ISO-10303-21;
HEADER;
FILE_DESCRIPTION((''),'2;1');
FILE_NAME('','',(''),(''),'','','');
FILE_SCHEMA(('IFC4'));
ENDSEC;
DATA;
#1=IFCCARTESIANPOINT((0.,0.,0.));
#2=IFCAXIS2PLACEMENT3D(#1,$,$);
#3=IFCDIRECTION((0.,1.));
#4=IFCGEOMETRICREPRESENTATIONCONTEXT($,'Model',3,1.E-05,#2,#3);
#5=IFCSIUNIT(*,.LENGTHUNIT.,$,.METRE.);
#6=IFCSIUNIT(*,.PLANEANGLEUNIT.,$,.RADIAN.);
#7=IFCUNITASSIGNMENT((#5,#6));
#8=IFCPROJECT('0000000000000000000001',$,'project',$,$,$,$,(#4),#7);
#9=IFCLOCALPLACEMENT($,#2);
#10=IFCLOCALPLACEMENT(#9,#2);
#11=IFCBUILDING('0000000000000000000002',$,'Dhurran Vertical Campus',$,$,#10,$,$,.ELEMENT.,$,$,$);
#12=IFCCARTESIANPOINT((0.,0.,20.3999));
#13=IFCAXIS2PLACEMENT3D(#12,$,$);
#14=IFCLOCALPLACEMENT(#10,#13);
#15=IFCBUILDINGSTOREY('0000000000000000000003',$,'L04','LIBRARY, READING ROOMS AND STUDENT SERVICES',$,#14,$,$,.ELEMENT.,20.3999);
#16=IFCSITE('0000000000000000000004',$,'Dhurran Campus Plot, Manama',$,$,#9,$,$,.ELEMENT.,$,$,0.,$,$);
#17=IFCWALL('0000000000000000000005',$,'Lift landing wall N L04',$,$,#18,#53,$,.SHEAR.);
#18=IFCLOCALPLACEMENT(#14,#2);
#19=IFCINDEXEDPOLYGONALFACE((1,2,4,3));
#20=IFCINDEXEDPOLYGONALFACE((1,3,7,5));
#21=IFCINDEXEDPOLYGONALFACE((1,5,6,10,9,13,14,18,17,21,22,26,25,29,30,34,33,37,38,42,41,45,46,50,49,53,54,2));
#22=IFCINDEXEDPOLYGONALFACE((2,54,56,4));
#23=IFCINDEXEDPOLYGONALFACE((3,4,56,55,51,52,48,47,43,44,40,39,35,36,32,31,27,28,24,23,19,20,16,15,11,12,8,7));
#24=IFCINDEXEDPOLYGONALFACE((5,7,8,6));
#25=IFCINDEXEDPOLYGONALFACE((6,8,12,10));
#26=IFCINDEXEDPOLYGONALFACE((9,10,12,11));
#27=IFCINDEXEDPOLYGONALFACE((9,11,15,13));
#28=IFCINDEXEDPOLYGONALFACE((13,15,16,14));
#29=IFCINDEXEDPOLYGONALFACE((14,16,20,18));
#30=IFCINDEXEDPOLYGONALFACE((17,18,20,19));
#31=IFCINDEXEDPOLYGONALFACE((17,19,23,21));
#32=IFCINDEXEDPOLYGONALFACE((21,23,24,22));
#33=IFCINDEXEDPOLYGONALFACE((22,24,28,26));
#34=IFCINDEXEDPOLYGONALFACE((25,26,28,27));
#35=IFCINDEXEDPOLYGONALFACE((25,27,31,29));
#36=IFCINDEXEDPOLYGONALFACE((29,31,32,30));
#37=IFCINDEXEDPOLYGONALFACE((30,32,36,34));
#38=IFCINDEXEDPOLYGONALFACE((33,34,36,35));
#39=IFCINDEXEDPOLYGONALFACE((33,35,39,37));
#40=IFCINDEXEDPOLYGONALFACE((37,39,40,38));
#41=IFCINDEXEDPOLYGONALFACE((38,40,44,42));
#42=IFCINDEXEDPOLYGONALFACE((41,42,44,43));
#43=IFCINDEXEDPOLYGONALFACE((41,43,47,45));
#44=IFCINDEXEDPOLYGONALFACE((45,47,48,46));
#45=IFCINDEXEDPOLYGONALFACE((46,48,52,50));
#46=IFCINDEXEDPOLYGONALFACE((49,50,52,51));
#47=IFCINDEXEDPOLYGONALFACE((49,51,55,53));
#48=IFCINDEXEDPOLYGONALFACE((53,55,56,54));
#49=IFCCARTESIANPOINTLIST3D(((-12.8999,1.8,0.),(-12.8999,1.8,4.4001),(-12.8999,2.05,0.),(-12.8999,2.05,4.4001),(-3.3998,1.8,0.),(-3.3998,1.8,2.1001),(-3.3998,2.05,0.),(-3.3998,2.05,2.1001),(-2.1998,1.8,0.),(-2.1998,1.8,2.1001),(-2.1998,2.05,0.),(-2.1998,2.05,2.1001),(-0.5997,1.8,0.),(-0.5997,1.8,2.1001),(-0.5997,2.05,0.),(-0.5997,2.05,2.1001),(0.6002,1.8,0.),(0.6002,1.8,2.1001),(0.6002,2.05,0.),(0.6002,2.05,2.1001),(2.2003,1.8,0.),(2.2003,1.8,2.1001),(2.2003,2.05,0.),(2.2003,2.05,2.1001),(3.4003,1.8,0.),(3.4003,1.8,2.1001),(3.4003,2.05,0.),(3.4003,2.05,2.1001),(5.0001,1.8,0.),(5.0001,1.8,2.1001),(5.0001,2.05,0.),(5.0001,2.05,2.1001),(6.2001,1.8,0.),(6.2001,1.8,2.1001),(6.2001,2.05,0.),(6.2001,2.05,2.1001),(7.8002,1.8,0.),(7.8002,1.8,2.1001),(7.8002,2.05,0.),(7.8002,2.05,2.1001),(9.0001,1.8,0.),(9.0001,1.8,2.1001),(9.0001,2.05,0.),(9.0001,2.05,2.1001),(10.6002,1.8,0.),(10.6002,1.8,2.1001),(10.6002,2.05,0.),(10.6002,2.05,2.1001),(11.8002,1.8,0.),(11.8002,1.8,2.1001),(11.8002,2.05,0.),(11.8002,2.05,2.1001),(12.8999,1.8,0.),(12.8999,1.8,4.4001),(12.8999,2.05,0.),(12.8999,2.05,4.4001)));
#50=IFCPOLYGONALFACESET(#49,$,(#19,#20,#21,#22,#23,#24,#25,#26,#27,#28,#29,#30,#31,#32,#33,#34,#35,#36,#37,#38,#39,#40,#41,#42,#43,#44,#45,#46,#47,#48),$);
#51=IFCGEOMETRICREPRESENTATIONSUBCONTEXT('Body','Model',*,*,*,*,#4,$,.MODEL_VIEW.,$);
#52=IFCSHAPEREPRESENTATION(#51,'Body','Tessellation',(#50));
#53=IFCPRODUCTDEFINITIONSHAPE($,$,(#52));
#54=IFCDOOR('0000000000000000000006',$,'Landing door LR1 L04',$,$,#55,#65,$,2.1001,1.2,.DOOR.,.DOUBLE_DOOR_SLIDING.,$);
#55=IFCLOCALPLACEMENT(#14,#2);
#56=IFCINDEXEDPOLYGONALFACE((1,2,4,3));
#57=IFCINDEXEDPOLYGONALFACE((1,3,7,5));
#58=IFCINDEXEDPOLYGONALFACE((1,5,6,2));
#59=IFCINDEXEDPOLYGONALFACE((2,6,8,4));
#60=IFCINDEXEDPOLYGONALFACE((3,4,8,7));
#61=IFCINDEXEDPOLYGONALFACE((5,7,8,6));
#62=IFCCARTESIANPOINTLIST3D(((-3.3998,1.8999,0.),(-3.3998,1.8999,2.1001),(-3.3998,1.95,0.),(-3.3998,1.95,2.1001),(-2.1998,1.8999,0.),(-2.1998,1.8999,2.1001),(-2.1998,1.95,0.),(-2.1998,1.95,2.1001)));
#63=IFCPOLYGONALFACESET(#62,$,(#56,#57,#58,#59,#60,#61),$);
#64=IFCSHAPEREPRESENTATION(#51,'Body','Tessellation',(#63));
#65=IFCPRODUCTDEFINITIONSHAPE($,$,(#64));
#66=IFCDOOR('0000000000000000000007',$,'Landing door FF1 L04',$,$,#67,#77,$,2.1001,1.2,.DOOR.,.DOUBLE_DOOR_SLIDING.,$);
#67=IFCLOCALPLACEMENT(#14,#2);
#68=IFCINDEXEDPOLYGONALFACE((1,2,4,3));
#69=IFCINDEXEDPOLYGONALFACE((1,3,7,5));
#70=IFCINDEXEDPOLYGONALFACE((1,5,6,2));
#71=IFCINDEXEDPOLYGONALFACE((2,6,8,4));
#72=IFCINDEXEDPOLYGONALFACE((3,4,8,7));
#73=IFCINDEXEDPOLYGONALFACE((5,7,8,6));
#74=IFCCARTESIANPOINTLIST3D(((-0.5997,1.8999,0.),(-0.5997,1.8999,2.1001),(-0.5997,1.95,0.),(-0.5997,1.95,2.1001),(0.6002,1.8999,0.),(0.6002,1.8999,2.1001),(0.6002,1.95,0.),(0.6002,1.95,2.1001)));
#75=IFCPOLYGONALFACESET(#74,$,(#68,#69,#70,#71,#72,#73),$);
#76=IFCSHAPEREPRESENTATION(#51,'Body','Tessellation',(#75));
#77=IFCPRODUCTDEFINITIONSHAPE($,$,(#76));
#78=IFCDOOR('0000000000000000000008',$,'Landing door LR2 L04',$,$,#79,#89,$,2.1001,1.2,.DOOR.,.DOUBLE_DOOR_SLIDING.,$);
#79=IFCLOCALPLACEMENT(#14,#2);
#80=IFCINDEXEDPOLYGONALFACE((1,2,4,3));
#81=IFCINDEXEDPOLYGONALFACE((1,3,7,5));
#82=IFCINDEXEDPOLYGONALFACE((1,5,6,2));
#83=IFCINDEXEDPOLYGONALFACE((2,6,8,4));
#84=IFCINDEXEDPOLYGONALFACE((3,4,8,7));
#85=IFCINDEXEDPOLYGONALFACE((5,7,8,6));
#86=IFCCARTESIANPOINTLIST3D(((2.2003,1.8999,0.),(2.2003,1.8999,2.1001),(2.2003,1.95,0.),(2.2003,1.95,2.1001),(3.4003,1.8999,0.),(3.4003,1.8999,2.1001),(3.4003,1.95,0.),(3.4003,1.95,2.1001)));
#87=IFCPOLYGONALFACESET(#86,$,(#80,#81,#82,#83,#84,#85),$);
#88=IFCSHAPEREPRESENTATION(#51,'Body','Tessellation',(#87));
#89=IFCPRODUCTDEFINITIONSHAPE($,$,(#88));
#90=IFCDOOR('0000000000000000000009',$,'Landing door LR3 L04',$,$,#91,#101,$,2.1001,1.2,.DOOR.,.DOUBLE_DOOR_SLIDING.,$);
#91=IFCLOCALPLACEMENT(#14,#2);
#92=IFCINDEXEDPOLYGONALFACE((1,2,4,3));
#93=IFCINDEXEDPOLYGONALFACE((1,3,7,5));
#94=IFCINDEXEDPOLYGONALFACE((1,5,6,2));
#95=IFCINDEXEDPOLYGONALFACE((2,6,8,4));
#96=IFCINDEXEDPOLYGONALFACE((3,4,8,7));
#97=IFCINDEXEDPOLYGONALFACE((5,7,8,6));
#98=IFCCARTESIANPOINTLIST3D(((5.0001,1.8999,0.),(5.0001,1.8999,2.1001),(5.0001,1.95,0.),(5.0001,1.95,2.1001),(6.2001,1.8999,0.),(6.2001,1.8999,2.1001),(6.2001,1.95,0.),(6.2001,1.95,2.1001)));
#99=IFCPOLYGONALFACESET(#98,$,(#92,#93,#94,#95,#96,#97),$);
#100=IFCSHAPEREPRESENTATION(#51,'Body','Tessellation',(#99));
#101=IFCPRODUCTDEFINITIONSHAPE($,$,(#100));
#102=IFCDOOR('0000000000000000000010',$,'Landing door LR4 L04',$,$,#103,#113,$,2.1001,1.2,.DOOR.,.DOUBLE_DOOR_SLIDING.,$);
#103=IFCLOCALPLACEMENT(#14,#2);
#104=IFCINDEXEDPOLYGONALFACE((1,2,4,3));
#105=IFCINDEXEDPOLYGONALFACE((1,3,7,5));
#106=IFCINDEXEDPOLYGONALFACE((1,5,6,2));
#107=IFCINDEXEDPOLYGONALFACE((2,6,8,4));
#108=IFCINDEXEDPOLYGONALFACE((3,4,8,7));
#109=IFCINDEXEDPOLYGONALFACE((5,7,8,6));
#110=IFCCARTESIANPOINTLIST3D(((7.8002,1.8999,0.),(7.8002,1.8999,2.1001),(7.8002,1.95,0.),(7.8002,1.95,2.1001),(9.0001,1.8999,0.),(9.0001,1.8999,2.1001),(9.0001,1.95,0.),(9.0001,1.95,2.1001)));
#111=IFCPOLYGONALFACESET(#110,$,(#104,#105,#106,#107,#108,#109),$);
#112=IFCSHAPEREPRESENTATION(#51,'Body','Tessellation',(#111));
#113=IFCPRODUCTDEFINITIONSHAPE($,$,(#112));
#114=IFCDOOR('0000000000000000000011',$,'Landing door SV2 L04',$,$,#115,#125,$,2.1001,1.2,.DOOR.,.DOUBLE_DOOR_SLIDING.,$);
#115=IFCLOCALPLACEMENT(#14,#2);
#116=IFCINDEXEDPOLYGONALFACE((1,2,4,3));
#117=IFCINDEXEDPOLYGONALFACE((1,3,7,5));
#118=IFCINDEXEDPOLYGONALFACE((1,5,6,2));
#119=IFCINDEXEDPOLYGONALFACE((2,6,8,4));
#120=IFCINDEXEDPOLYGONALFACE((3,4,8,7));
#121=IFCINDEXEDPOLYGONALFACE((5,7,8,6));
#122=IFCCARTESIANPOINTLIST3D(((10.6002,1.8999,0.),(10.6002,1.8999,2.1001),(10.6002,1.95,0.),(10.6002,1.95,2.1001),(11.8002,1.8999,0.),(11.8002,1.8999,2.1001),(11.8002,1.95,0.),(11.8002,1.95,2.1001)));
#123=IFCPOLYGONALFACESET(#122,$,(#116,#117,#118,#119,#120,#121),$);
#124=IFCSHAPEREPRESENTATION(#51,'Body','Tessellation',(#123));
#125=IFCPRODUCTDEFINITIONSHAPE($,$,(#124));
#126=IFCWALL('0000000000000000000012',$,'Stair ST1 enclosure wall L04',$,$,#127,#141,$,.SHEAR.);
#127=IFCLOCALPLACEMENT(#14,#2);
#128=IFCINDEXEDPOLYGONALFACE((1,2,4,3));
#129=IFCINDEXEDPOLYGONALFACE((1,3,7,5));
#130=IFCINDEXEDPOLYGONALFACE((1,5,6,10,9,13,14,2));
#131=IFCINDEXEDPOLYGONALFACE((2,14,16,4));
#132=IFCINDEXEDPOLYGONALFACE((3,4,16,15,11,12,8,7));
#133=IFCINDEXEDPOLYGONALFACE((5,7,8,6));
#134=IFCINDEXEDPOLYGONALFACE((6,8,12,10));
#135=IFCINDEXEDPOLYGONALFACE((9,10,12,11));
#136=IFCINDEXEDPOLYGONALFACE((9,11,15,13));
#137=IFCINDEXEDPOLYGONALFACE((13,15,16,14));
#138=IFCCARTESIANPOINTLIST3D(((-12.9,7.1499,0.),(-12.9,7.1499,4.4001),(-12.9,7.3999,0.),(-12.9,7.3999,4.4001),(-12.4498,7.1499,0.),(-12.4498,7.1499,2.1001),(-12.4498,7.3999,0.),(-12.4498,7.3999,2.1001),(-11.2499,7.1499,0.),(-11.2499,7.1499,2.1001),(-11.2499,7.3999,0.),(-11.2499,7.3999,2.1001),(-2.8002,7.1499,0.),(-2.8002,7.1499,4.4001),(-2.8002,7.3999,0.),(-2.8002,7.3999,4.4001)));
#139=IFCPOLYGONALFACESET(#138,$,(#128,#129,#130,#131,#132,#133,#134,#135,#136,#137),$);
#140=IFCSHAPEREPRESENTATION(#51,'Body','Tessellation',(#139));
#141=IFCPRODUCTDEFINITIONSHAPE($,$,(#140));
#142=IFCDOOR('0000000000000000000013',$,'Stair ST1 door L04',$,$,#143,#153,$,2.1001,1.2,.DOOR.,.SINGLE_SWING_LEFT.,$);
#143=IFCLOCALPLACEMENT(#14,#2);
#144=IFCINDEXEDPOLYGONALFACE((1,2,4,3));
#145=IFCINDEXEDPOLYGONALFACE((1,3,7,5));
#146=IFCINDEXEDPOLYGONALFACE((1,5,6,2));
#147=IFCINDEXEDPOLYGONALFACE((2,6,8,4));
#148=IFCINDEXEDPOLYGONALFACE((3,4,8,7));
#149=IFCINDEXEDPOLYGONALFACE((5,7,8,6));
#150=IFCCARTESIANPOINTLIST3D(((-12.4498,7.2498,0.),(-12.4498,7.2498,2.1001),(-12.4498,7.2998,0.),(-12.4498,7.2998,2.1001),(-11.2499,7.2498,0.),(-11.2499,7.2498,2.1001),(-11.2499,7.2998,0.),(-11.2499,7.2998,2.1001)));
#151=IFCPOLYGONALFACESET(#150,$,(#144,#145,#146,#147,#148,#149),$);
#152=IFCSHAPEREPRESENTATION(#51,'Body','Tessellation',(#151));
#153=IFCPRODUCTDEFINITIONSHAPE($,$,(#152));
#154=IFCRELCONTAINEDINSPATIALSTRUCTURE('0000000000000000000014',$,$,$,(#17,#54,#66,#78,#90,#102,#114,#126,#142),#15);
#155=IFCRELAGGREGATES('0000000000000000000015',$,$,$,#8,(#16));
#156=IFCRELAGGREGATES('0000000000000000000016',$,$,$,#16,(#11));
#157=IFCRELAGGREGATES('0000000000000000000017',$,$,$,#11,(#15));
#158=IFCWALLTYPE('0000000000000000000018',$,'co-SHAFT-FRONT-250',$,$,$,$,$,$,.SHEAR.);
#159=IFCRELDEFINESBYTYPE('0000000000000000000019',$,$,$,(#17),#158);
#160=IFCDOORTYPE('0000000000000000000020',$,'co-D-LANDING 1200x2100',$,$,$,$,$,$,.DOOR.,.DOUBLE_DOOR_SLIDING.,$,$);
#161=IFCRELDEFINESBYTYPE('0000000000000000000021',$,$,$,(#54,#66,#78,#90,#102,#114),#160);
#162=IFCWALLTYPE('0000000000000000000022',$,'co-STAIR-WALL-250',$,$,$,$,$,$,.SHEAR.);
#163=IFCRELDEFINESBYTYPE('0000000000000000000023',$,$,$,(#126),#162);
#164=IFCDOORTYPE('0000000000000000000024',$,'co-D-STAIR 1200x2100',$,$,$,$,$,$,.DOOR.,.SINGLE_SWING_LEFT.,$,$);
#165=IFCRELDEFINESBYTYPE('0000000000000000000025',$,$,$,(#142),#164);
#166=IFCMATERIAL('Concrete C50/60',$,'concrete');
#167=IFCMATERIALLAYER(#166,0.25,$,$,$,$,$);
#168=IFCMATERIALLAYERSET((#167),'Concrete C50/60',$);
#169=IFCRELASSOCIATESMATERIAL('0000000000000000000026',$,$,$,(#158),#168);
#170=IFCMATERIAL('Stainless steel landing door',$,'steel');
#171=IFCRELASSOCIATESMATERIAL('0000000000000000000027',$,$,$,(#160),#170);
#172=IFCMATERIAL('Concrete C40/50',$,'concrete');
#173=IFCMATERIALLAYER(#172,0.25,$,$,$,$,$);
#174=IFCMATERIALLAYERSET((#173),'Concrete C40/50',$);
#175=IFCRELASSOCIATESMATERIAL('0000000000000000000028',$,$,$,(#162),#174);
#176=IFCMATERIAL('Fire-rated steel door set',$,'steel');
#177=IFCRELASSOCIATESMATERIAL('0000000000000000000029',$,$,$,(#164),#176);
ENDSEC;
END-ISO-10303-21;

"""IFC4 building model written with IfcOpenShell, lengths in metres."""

from ifc_helpers import new_model, si_unit, direction, frame, frame_2d, origin, place, context, subcontext, project, spatial, rectangle, extrude, material, layer, layer_set, type_object, element, fill, save


model = new_model("IFC4")

# Units and contexts
model_context = context("Model", 3, precision=1e-05, world=origin(), true_north=direction((0.0, 1.0)))
body_context = subcontext(model_context, "Body", "Model", "MODEL_VIEW")
ifc_project = project(units=[si_unit("LENGTHUNIT", "METRE"), si_unit("PLANEANGLEUNIT", "RADIAN")], contexts=[model_context])

# Site, building, storey
site_placement = place(None, origin())
site = spatial("IfcSite", under=ifc_project, at=site_placement, Name="Dhurran Campus Plot, Manama", CompositionType="ELEMENT", RefElevation=0.0)
building_placement = place(site_placement, origin())
building = spatial("IfcBuilding", under=site, at=building_placement, Name="Dhurran Vertical Campus", CompositionType="ELEMENT")
storey_placement = place(building_placement, frame((0.0, 0.0, 20.3999)))
storey = spatial("IfcBuildingStorey", under=building, at=storey_placement, Name="L04", Description="LIBRARY, READING ROOMS AND STUDENT SERVICES", CompositionType="ELEMENT", Elevation=20.3999)

# Wall, openings, doors
ifc_material_1 = material(Name="Concrete C50/60", Category="concrete")
ifc_layer_1 = layer(ifc_material_1, 0.25)
ifc_layer_set_1 = layer_set([ifc_layer_1], Name="Concrete C50/60")
wall_type_1 = type_object("IfcWallType", Name="co-SHAFT-FRONT-250", PredefinedType="SHEAR", material=ifc_layer_set_1)
wall_1_placement = place(storey_placement, frame((-12.8999, 1.925, 0.0), z_axis=(0.0, 0.0, 1.0), x_axis=(1.0, 0.0, 0.0)))
wall_1 = element("IfcWall", 1, at=wall_1_placement, inside=storey, type_object=wall_type_1, Name="Lift landing wall N L04", PredefinedType="SHEAR", context=body_context, shape_type="SweptSolid", body=[
    extrude(rectangle(XDim=25.7998, YDim=0.25, at=frame_2d((12.8999, 0.0))), origin(), (0.0, 0.0, 1.0), 4.4001),
])
opening_1_placement = place(wall_1_placement, frame((9.5, 0.0, 0.0)))
opening_1 = element("IfcOpeningElement", 2, at=opening_1_placement, cuts=wall_1, PredefinedType="OPENING", context=body_context, shape_type="SweptSolid", body=[
    extrude(rectangle(XDim=1.2, YDim=2.1001, at=frame_2d((0.6001, 1.05))), frame((0.0, 0.135, 0.0), z_axis=(0.0, -1.0, 0.0), x_axis=(1.0, 0.0, 0.0)), (0.0, 0.0, 1.0), 0.27),
])
opening_2_placement = place(wall_1_placement, frame((12.3, 0.0, 0.0)))
opening_2 = element("IfcOpeningElement", 3, at=opening_2_placement, cuts=wall_1, PredefinedType="OPENING", context=body_context, shape_type="SweptSolid", body=[
    extrude(rectangle(XDim=1.2, YDim=2.1001, at=frame_2d((0.6001, 1.05))), frame((0.0, 0.135, 0.0), z_axis=(0.0, -1.0, 0.0), x_axis=(1.0, 0.0, 0.0)), (0.0, 0.0, 1.0), 0.27),
])
opening_3_placement = place(wall_1_placement, frame((15.1001, 0.0, 0.0)))
opening_3 = element("IfcOpeningElement", 4, at=opening_3_placement, cuts=wall_1, PredefinedType="OPENING", context=body_context, shape_type="SweptSolid", body=[
    extrude(rectangle(XDim=1.2, YDim=2.1001, at=frame_2d((0.6001, 1.05))), frame((0.0, 0.135, 0.0), z_axis=(0.0, -1.0, 0.0), x_axis=(1.0, 0.0, 0.0)), (0.0, 0.0, 1.0), 0.27),
])
opening_4_placement = place(wall_1_placement, frame((17.8999, 0.0, 0.0)))
opening_4 = element("IfcOpeningElement", 5, at=opening_4_placement, cuts=wall_1, PredefinedType="OPENING", context=body_context, shape_type="SweptSolid", body=[
    extrude(rectangle(XDim=1.2, YDim=2.1001, at=frame_2d((0.6001, 1.05))), frame((0.0, 0.135, 0.0), z_axis=(0.0, -1.0, 0.0), x_axis=(1.0, 0.0, 0.0)), (0.0, 0.0, 1.0), 0.27),
])
opening_5_placement = place(wall_1_placement, frame((20.7, 0.0, 0.0)))
opening_5 = element("IfcOpeningElement", 6, at=opening_5_placement, cuts=wall_1, PredefinedType="OPENING", context=body_context, shape_type="SweptSolid", body=[
    extrude(rectangle(XDim=1.2, YDim=2.1001, at=frame_2d((0.6001, 1.05))), frame((0.0, 0.135, 0.0), z_axis=(0.0, -1.0, 0.0), x_axis=(1.0, 0.0, 0.0)), (0.0, 0.0, 1.0), 0.27),
])
opening_6_placement = place(wall_1_placement, frame((23.5, 0.0, 0.0)))
opening_6 = element("IfcOpeningElement", 7, at=opening_6_placement, cuts=wall_1, PredefinedType="OPENING", context=body_context, shape_type="SweptSolid", body=[
    extrude(rectangle(XDim=1.2, YDim=2.1001, at=frame_2d((0.6001, 1.05))), frame((0.0, 0.135, 0.0), z_axis=(0.0, -1.0, 0.0), x_axis=(1.0, 0.0, 0.0)), (0.0, 0.0, 1.0), 0.27),
])
ifc_material_2 = material(Name="Stainless steel landing door", Category="steel")
door_type_1 = type_object("IfcDoorType", Name="co-D-LANDING 1200x2100", OperationType="DOUBLE_DOOR_SLIDING", PredefinedType="DOOR", material=ifc_material_2)
door_1_placement = place(opening_1_placement, origin())
door_1 = element("IfcDoor", 8, at=door_1_placement, inside=storey, type_object=door_type_1, Name="Landing door LR1 L04", OperationType="DOUBLE_DOOR_SLIDING", OverallHeight=2.1001, OverallWidth=1.2, PredefinedType="DOOR", context=body_context, shape_type="SweptSolid", body=[
    extrude(rectangle(XDim=1.2, YDim=2.1001, at=frame_2d((0.6001, 1.05))), frame((0.0, 0.0249, 0.0), z_axis=(0.0, -1.0, 0.0), x_axis=(1.0, 0.0, 0.0)), (0.0, 0.0, 1.0), 0.05),
])
fill(opening_1, door_1)
door_2_placement = place(opening_2_placement, origin())
door_2 = element("IfcDoor", 9, at=door_2_placement, inside=storey, type_object=door_type_1, Name="Landing door FF1 L04", OperationType="DOUBLE_DOOR_SLIDING", OverallHeight=2.1001, OverallWidth=1.2, PredefinedType="DOOR", context=body_context, shape_type="SweptSolid", body=[
    extrude(rectangle(XDim=1.2, YDim=2.1001, at=frame_2d((0.6001, 1.05))), frame((0.0, 0.0249, 0.0), z_axis=(0.0, -1.0, 0.0), x_axis=(1.0, 0.0, 0.0)), (0.0, 0.0, 1.0), 0.05),
])
fill(opening_2, door_2)
door_3_placement = place(opening_3_placement, origin())
door_3 = element("IfcDoor", 10, at=door_3_placement, inside=storey, type_object=door_type_1, Name="Landing door LR2 L04", OperationType="DOUBLE_DOOR_SLIDING", OverallHeight=2.1001, OverallWidth=1.2, PredefinedType="DOOR", context=body_context, shape_type="SweptSolid", body=[
    extrude(rectangle(XDim=1.2, YDim=2.1001, at=frame_2d((0.6001, 1.05))), frame((0.0, 0.0249, 0.0), z_axis=(0.0, -1.0, 0.0), x_axis=(1.0, 0.0, 0.0)), (0.0, 0.0, 1.0), 0.05),
])
fill(opening_3, door_3)
door_4_placement = place(opening_4_placement, origin())
door_4 = element("IfcDoor", 11, at=door_4_placement, inside=storey, type_object=door_type_1, Name="Landing door LR3 L04", OperationType="DOUBLE_DOOR_SLIDING", OverallHeight=2.1001, OverallWidth=1.2, PredefinedType="DOOR", context=body_context, shape_type="SweptSolid", body=[
    extrude(rectangle(XDim=1.2, YDim=2.1001, at=frame_2d((0.6001, 1.05))), frame((0.0, 0.0249, 0.0), z_axis=(0.0, -1.0, 0.0), x_axis=(1.0, 0.0, 0.0)), (0.0, 0.0, 1.0), 0.05),
])
fill(opening_4, door_4)
door_5_placement = place(opening_5_placement, origin())
door_5 = element("IfcDoor", 12, at=door_5_placement, inside=storey, type_object=door_type_1, Name="Landing door LR4 L04", OperationType="DOUBLE_DOOR_SLIDING", OverallHeight=2.1001, OverallWidth=1.2, PredefinedType="DOOR", context=body_context, shape_type="SweptSolid", body=[
    extrude(rectangle(XDim=1.2, YDim=2.1001, at=frame_2d((0.6001, 1.05))), frame((0.0, 0.0249, 0.0), z_axis=(0.0, -1.0, 0.0), x_axis=(1.0, 0.0, 0.0)), (0.0, 0.0, 1.0), 0.05),
])
fill(opening_5, door_5)
door_6_placement = place(opening_6_placement, origin())
door_6 = element("IfcDoor", 13, at=door_6_placement, inside=storey, type_object=door_type_1, Name="Landing door SV2 L04", OperationType="DOUBLE_DOOR_SLIDING", OverallHeight=2.1001, OverallWidth=1.2, PredefinedType="DOOR", context=body_context, shape_type="SweptSolid", body=[
    extrude(rectangle(XDim=1.2, YDim=2.1001, at=frame_2d((0.6001, 1.05))), frame((0.0, 0.0249, 0.0), z_axis=(0.0, -1.0, 0.0), x_axis=(1.0, 0.0, 0.0)), (0.0, 0.0, 1.0), 0.05),
])
fill(opening_6, door_6)

# Wall, opening, door
ifc_material_3 = material(Name="Concrete C40/50", Category="concrete")
ifc_layer_2 = layer(ifc_material_3, 0.25)
ifc_layer_set_2 = layer_set([ifc_layer_2], Name="Concrete C40/50")
wall_type_2 = type_object("IfcWallType", Name="co-STAIR-WALL-250", PredefinedType="SHEAR", material=ifc_layer_set_2)
wall_2_placement = place(storey_placement, frame((-12.8999, 7.2749, 0.0), z_axis=(0.0, 0.0, 1.0), x_axis=(1.0, 0.0, 0.0)))
wall_2 = element("IfcWall", 14, at=wall_2_placement, inside=storey, type_object=wall_type_2, Name="Stair ST1 enclosure wall L04", PredefinedType="SHEAR", context=body_context, shape_type="SweptSolid", body=[
    extrude(rectangle(XDim=10.0999, YDim=0.25, at=frame_2d((5.0498, 0.0))), origin(), (0.0, 0.0, 1.0), 4.4001),
])
opening_7_placement = place(wall_2_placement, frame((0.45, 0.0, 0.0)))
opening_7 = element("IfcOpeningElement", 15, at=opening_7_placement, cuts=wall_2, PredefinedType="OPENING", context=body_context, shape_type="SweptSolid", body=[
    extrude(rectangle(XDim=1.2, YDim=2.1001, at=frame_2d((0.6001, 1.05))), frame((0.0, 0.135, 0.0), z_axis=(0.0, -1.0, 0.0), x_axis=(1.0, 0.0, 0.0)), (0.0, 0.0, 1.0), 0.27),
])
ifc_material_4 = material(Name="Fire-rated steel door set", Category="steel")
door_type_2 = type_object("IfcDoorType", Name="co-D-STAIR 1200x2100", OperationType="SINGLE_SWING_LEFT", PredefinedType="DOOR", material=ifc_material_4)
door_7_placement = place(opening_7_placement, origin())
door_7 = element("IfcDoor", 16, at=door_7_placement, inside=storey, type_object=door_type_2, Name="Stair ST1 door L04", OperationType="SINGLE_SWING_LEFT", OverallHeight=2.1001, OverallWidth=1.2, PredefinedType="DOOR", context=body_context, shape_type="SweptSolid", body=[
    extrude(rectangle(XDim=1.2, YDim=2.1001, at=frame_2d((0.6001, 1.05))), frame((0.0, 0.0249, 0.0), z_axis=(0.0, -1.0, 0.0), x_axis=(1.0, 0.0, 0.0)), (0.0, 0.0, 1.0), 0.05),
])
fill(opening_7, door_7)

save(model, "model.ifc")
